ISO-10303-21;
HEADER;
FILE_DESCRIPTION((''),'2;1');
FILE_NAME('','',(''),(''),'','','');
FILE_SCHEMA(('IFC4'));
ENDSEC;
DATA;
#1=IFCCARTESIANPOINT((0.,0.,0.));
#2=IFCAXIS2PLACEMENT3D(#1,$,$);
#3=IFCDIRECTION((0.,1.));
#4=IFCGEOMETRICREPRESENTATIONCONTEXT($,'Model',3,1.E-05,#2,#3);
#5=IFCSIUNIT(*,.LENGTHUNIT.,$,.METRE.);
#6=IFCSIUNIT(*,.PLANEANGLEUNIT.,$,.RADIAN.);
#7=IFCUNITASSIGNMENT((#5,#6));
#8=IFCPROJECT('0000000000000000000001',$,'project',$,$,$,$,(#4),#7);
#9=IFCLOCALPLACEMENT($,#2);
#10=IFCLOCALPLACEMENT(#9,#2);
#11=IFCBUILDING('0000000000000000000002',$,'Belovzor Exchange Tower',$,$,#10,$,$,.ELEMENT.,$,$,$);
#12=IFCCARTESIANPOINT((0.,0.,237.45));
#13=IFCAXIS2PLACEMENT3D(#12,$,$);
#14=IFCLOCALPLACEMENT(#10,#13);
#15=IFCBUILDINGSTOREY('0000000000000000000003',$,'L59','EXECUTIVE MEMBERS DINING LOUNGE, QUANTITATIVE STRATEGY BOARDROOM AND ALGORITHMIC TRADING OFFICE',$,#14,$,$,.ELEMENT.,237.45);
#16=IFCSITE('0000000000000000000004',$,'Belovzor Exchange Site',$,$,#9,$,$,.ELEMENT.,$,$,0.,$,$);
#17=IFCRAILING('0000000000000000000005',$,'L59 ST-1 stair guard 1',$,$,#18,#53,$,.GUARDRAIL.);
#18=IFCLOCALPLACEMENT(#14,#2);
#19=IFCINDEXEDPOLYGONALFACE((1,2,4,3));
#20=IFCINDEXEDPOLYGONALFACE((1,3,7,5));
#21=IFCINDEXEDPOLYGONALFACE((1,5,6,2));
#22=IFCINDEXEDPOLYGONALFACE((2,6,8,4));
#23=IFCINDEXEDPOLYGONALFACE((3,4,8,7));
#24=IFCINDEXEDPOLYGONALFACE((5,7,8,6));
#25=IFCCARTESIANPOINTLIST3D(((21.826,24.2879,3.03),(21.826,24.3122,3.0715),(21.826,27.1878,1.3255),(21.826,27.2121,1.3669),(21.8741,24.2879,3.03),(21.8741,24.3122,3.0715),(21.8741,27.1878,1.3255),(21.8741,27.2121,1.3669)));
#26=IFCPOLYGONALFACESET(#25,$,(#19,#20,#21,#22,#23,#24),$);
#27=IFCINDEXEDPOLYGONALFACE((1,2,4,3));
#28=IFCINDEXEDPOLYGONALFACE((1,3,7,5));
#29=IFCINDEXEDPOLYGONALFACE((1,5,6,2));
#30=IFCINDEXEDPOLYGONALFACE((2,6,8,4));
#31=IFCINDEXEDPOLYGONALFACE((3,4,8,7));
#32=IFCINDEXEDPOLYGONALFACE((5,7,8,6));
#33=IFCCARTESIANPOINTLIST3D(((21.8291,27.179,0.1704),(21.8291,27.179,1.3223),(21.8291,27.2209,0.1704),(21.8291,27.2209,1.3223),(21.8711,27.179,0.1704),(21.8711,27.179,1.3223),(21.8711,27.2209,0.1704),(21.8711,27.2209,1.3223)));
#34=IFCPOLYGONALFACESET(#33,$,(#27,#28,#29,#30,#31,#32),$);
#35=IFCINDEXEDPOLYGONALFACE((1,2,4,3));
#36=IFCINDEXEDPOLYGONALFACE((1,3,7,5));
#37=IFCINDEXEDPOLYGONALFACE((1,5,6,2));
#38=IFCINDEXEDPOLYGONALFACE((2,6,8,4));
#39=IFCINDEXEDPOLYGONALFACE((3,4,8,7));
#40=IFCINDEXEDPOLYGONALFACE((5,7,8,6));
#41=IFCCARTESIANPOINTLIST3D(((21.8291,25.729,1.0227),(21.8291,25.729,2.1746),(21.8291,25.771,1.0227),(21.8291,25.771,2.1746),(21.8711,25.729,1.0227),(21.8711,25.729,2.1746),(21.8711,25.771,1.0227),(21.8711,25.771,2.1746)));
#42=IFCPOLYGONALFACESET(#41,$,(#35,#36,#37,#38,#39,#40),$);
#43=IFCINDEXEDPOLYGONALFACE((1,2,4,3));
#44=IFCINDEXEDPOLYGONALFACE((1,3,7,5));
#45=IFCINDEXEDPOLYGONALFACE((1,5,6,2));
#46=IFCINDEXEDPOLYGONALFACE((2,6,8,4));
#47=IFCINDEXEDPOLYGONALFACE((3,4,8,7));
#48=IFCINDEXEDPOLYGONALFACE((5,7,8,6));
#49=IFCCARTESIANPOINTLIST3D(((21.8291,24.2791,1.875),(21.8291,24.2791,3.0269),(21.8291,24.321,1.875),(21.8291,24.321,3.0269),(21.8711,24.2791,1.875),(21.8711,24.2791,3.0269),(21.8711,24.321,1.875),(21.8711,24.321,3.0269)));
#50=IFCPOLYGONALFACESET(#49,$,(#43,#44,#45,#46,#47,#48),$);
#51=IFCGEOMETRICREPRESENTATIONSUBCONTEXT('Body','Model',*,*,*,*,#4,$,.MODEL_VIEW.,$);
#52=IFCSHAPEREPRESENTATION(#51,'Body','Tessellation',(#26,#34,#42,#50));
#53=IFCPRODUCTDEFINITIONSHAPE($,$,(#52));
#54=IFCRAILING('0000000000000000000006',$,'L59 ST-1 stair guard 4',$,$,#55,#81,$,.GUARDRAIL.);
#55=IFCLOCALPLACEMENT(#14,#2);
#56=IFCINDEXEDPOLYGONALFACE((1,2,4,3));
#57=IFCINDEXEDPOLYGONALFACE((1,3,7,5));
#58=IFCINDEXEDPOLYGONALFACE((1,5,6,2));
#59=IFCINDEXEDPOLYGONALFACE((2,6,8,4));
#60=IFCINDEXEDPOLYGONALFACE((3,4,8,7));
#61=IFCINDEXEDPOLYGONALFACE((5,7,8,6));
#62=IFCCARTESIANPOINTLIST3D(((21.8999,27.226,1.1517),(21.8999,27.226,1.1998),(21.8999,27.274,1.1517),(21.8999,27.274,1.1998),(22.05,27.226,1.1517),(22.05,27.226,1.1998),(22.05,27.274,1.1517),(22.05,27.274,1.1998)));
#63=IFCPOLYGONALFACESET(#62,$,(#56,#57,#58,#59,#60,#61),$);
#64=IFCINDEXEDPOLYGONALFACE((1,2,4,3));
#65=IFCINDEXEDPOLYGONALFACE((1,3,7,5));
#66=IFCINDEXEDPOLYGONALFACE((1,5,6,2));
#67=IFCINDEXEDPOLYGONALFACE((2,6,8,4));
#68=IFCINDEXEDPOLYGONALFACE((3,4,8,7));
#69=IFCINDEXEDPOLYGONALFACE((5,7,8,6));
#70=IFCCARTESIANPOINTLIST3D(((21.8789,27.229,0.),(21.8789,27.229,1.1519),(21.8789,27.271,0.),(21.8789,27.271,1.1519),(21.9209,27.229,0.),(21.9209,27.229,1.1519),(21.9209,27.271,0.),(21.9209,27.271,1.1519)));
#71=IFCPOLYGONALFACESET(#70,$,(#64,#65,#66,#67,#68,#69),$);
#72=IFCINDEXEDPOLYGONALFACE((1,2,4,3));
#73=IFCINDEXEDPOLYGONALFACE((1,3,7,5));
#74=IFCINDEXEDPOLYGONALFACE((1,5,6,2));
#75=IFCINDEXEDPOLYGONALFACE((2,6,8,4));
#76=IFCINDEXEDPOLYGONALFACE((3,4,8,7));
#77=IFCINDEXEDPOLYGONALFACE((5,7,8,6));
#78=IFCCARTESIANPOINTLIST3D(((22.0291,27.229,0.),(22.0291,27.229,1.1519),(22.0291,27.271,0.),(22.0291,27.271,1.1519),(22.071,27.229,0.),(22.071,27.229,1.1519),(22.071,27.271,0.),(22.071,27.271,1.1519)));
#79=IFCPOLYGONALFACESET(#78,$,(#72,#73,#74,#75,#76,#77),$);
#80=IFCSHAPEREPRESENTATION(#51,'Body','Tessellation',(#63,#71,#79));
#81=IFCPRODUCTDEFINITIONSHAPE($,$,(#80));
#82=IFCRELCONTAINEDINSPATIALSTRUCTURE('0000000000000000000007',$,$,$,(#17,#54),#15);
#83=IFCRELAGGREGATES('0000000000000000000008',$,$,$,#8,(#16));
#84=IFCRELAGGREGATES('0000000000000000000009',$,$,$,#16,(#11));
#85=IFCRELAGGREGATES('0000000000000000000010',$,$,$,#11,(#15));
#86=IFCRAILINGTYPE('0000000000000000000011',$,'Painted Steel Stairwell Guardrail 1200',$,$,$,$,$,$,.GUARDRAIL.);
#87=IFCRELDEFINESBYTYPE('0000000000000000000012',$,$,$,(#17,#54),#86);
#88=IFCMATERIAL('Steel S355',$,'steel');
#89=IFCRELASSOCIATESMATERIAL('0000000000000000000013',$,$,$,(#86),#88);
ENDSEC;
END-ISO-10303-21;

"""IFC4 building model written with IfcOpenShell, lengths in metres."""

from ifc_helpers import new_model, si_unit, direction, frame, origin, origin_2d, place, context, subcontext, project, spatial, rectangle, extrude, material, type_object, element, save


model = new_model("IFC4")

# Units and contexts
model_context = context("Model", 3, precision=1e-05, world=origin(), true_north=direction((0.0, 1.0)))
body_context = subcontext(model_context, "Body", "Model", "MODEL_VIEW")
ifc_project = project(units=[si_unit("LENGTHUNIT", "METRE"), si_unit("PLANEANGLEUNIT", "RADIAN")], contexts=[model_context])

# Site, building, storey
site_placement = place(None, origin())
site = spatial("IfcSite", under=ifc_project, at=site_placement, Name="Belovzor Exchange Site", CompositionType="ELEMENT", RefElevation=0.0)
building_placement = place(site_placement, origin())
building = spatial("IfcBuilding", under=site, at=building_placement, Name="Belovzor Exchange Tower", CompositionType="ELEMENT")
storey_placement = place(building_placement, frame((0.0, 0.0, 237.45)))
storey = spatial("IfcBuildingStorey", under=building, at=storey_placement, Name="L59", Description="EXECUTIVE MEMBERS DINING LOUNGE, QUANTITATIVE STRATEGY BOARDROOM AND ALGORITHMIC TRADING OFFICE", CompositionType="ELEMENT", Elevation=237.45)

# Railings
ifc_material_1 = material(Name="Steel S355", Category="steel")
railing_type_1 = type_object("IfcRailingType", Name="Painted Steel Stairwell Guardrail 1200", PredefinedType="GUARDRAIL", material=ifc_material_1)
railing_1_placement = place(storey_placement, frame((21.8501, 27.2, 0.1704)))
element("IfcRailing", 1, at=railing_1_placement, inside=storey, type_object=railing_type_1, Name="L59 ST-1 stair guard 1", PredefinedType="GUARDRAIL", context=body_context, shape_type="SweptSolid", body=[
    extrude(rectangle(XDim=0.0481, YDim=0.0481, at=origin_2d()), frame((0.0, 0.0, 1.1758), z_axis=(0.0, -0.862095, 0.506747), x_axis=(1.0, 0.0, 0.0)), (0.0, 0.0, 1.0), 3.3638),
    extrude(rectangle(XDim=0.042, YDim=0.042, at=origin_2d()), origin(), (0.0, 0.0, 1.0), 1.1519),
    extrude(rectangle(XDim=0.042, YDim=0.042, at=origin_2d()), frame((0.0, -1.45, 0.8523)), (0.0, 0.0, 1.0), 1.1519),
    extrude(rectangle(XDim=0.042, YDim=0.042, at=origin_2d()), frame((0.0, -2.8999, 1.7046)), (0.0, 0.0, 1.0), 1.1519),
])
railing_2_placement = place(storey_placement, frame((21.8999, 27.25, 0.0)))
element("IfcRailing", 2, at=railing_2_placement, inside=storey, type_object=railing_type_1, Name="L59 ST-1 stair guard 4", PredefinedType="GUARDRAIL", context=body_context, shape_type="SweptSolid", body=[
    extrude(rectangle(XDim=0.0481, YDim=0.0481, at=origin_2d()), frame((0.0, 0.0, 1.1758), z_axis=(1.0, 0.0, 0.0), x_axis=(0.0, 1.0, 0.0)), (0.0, 0.0, 1.0), 0.1501),
    extrude(rectangle(XDim=0.042, YDim=0.042, at=origin_2d()), origin(), (0.0, 0.0, 1.0), 1.1519),
    extrude(rectangle(XDim=0.042, YDim=0.042, at=origin_2d()), frame((0.1501, 0.0, 0.0)), (0.0, 0.0, 1.0), 1.1519),
])

save(model, "model.ifc")
